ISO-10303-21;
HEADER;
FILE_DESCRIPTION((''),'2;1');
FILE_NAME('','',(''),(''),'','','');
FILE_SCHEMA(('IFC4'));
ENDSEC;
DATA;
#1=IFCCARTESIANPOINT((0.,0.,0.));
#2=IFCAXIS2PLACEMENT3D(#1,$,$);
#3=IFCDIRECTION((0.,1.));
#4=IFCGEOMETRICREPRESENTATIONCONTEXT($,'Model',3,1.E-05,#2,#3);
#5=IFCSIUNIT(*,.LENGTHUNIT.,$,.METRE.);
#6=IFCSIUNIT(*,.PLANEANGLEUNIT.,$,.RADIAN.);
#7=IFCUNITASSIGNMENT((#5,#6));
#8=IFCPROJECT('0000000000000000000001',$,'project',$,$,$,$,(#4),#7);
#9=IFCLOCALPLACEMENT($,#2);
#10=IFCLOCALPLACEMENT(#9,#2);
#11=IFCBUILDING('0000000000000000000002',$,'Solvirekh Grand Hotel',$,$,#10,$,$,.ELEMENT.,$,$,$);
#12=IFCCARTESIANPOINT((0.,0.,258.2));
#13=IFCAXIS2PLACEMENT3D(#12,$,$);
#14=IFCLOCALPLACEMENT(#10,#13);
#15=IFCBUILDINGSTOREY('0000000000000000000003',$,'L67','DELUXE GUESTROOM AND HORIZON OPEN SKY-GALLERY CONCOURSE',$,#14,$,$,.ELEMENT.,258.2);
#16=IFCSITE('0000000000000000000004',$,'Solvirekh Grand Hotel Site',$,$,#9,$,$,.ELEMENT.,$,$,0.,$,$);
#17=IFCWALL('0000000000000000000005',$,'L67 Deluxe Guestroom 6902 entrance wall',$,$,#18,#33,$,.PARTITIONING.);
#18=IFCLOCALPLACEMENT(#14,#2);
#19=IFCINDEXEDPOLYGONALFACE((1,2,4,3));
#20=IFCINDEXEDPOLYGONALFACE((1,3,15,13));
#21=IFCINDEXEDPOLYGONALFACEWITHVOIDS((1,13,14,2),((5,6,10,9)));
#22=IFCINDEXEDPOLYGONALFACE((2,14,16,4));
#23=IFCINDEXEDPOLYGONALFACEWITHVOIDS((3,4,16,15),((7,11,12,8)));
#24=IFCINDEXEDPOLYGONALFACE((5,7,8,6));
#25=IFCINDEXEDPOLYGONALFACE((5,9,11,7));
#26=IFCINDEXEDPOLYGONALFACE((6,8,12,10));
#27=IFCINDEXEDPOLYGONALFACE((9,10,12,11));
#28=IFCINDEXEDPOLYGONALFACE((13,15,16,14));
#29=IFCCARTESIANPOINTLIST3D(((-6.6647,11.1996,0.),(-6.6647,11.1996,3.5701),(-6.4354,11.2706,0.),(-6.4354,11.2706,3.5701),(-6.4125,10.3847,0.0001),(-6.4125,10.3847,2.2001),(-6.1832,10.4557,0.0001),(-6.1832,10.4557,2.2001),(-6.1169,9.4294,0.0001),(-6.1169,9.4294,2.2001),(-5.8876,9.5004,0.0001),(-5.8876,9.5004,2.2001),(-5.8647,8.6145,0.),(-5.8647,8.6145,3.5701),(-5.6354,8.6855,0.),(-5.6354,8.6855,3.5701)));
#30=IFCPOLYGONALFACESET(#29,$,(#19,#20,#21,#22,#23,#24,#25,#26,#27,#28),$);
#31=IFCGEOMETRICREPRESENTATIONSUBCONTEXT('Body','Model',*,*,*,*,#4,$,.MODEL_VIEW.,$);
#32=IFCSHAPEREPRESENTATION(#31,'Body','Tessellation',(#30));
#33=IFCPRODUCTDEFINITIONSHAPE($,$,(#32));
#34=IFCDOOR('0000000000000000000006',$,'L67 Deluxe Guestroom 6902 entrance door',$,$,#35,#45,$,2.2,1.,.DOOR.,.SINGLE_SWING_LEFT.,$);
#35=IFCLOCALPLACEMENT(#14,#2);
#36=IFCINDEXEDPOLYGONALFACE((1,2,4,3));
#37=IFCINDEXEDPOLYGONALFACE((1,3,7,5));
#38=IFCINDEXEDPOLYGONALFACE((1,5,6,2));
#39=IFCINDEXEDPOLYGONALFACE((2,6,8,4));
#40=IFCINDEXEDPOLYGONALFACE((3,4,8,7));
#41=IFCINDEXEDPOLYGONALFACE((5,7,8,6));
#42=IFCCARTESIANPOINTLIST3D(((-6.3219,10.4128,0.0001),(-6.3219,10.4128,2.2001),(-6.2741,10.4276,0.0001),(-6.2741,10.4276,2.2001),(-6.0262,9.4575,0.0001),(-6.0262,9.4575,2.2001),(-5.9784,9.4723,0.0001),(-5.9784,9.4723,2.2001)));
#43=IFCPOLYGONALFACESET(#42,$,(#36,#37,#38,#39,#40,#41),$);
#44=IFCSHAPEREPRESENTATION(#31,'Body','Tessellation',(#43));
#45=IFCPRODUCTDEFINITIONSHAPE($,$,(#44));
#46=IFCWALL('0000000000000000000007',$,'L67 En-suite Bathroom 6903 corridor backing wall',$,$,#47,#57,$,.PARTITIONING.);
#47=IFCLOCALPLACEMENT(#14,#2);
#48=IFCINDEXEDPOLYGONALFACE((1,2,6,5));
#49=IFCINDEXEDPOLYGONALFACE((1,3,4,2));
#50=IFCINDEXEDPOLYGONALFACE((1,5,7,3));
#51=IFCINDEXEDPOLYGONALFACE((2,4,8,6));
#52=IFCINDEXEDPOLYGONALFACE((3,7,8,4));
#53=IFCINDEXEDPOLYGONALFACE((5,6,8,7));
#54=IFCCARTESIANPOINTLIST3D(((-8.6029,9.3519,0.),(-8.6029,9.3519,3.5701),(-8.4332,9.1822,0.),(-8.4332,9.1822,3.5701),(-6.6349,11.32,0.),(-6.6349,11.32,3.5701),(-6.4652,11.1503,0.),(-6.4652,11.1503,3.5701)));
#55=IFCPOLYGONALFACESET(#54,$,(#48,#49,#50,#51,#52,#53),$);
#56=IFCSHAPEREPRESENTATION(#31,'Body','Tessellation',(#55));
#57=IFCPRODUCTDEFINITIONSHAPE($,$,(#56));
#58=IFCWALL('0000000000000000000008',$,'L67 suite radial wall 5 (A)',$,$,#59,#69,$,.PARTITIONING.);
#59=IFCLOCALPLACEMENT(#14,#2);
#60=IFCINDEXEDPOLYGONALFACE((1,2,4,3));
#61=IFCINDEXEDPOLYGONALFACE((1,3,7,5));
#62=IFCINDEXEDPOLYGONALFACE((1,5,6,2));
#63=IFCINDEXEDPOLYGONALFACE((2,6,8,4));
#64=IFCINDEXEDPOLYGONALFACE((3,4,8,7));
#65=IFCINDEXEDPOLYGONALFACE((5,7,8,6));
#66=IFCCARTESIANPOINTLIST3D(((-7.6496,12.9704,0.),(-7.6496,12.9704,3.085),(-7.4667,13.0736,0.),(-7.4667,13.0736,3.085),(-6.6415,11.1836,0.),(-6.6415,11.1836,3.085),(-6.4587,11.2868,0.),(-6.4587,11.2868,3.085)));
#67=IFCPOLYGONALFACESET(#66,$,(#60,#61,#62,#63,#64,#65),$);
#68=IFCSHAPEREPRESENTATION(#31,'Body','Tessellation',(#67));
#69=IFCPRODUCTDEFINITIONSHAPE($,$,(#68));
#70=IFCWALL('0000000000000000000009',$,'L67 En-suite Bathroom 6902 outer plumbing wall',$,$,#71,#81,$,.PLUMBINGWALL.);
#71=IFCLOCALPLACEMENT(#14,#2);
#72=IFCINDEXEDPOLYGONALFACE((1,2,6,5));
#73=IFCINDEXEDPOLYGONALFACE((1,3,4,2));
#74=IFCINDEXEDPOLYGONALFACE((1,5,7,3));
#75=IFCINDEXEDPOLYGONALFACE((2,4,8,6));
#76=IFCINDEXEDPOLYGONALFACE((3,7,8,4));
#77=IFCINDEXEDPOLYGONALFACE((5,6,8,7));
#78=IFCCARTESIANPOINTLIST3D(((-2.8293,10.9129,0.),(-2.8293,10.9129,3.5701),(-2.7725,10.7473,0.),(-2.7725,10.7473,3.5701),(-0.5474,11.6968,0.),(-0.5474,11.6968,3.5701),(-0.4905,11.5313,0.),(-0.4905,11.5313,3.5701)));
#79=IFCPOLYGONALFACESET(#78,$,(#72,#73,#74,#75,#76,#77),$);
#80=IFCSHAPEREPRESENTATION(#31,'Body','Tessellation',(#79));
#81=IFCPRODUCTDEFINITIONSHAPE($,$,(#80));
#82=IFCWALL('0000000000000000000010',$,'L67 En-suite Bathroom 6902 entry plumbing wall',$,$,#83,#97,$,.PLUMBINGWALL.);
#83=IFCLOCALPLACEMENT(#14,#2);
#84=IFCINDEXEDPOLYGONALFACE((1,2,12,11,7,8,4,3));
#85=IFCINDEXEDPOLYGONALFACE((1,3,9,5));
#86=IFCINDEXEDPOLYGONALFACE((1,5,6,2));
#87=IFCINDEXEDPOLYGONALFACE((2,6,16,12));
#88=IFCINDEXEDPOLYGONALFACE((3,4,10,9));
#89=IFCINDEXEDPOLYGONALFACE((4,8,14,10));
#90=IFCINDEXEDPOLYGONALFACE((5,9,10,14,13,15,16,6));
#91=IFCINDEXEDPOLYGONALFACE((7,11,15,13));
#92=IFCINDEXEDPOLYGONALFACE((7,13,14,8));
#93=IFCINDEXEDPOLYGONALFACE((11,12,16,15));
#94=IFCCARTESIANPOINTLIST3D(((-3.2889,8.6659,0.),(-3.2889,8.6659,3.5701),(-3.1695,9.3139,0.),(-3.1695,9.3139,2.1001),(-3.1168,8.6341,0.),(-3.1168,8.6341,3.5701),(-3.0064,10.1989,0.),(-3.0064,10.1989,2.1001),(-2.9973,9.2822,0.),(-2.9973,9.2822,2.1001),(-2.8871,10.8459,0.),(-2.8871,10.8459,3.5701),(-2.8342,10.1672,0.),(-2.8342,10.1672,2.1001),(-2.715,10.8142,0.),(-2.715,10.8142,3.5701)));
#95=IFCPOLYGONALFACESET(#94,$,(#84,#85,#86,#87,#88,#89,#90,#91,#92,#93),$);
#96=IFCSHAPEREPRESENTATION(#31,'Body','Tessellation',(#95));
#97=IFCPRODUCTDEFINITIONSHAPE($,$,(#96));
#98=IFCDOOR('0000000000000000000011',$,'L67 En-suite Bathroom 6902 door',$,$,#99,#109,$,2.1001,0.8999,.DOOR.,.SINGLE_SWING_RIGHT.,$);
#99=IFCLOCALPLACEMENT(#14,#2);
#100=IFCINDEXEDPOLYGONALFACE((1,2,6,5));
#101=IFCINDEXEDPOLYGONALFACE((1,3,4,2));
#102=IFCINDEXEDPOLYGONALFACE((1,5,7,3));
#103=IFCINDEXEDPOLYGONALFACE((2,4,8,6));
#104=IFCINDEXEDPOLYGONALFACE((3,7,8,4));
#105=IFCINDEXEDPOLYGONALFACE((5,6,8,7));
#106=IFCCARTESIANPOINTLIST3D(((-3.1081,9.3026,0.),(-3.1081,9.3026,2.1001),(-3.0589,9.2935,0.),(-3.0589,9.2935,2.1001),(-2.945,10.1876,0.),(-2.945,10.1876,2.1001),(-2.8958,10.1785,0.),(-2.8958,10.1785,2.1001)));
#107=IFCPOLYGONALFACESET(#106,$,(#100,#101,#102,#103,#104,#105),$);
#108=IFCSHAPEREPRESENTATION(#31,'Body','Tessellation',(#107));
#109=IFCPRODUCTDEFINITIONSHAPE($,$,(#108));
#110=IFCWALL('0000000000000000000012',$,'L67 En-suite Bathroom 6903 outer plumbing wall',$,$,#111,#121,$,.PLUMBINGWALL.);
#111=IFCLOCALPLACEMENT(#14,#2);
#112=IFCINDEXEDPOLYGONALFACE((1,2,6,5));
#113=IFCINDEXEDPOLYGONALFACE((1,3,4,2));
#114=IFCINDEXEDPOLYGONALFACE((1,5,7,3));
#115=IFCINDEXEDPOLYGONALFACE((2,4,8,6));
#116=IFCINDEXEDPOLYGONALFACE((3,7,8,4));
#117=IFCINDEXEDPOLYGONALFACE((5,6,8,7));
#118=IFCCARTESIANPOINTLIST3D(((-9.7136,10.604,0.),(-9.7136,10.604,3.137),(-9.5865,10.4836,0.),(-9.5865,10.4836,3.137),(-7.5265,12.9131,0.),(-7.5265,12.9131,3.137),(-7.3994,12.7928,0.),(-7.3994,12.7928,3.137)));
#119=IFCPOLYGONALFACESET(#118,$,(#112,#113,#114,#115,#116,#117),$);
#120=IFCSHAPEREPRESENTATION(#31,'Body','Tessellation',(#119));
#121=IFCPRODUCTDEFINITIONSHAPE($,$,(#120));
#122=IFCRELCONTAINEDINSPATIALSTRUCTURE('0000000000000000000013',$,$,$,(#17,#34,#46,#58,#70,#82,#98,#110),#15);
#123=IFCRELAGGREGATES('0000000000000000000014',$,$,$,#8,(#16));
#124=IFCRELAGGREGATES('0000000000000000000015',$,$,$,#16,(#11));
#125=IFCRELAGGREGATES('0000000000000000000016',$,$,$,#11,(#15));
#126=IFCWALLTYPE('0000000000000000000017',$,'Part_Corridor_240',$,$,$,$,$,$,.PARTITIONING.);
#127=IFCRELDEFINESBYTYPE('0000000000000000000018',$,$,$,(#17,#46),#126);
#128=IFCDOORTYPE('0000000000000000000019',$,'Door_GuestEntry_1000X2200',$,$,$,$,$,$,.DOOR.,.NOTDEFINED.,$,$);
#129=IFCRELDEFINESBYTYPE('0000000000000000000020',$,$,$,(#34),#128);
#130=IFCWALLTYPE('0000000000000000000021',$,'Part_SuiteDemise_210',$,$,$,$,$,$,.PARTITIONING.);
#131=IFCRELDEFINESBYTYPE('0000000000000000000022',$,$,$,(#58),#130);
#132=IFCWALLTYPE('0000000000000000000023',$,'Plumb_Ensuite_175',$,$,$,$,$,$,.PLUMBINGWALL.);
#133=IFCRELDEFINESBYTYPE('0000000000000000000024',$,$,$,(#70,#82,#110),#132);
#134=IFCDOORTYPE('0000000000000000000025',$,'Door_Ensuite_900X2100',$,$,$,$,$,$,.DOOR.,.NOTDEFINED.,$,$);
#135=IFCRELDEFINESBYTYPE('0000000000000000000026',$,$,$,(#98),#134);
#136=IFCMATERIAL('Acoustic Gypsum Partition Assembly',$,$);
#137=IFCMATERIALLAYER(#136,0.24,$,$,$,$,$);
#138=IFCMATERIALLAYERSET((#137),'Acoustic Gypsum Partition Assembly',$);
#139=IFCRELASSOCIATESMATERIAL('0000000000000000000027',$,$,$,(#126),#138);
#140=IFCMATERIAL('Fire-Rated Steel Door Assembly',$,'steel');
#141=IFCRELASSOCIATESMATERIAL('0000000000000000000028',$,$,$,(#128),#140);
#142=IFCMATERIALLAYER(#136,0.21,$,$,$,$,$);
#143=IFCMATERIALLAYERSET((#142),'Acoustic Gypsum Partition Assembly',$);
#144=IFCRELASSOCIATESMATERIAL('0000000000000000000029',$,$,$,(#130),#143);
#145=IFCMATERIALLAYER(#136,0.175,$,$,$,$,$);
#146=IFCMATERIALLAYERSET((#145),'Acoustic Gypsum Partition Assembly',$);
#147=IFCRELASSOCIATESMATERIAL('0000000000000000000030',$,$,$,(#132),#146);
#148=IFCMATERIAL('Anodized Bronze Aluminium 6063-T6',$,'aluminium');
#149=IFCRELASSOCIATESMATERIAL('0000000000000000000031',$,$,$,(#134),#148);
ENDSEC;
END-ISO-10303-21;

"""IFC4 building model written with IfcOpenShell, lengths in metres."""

from ifc_helpers import new_model, si_unit, direction, frame, frame_2d, origin, place, context, subcontext, project, spatial, rectangle, extrude, material, layer, layer_set, type_object, element, fill, save


model = new_model("IFC4")

# Units and contexts
model_context = context("Model", 3, precision=1e-05, world=origin(), true_north=direction((0.0, 1.0)))
body_context = subcontext(model_context, "Body", "Model", "MODEL_VIEW")
ifc_project = project(units=[si_unit("LENGTHUNIT", "METRE"), si_unit("PLANEANGLEUNIT", "RADIAN")], contexts=[model_context])

# Site, building, storey
site_placement = place(None, origin())
site = spatial("IfcSite", under=ifc_project, at=site_placement, Name="Solvirekh Grand Hotel Site", CompositionType="ELEMENT", RefElevation=0.0)
building_placement = place(site_placement, origin())
building = spatial("IfcBuilding", under=site, at=building_placement, Name="Solvirekh Grand Hotel", CompositionType="ELEMENT")
storey_placement = place(building_placement, frame((0.0, 0.0, 258.2)))
storey = spatial("IfcBuildingStorey", under=building, at=storey_placement, Name="L67", Description="DELUXE GUESTROOM AND HORIZON OPEN SKY-GALLERY CONCOURSE", CompositionType="ELEMENT", Elevation=258.2)

# Shared definitions
ifc_material_1 = material(Name="Anodized Bronze Aluminium 6063-T6", Category="aluminium")

# Shared definitions
ifc_material_2 = material(Name="Acoustic Gypsum Partition Assembly")
ifc_layer_1 = layer(ifc_material_2, 0.24)
ifc_layer_set_1 = layer_set([ifc_layer_1], Name="Acoustic Gypsum Partition Assembly")
wall_type_1 = type_object("IfcWallType", Name="Part_Corridor_240", PredefinedType="PARTITIONING", material=ifc_layer_set_1)

# Wall, opening, door
wall_1_placement = place(storey_placement, frame((-6.55, 11.2351, 0.0), z_axis=(0.0, 0.0, 1.0), x_axis=(0.295639, -0.9553, 0.0)))
wall_1 = element("IfcWall", 1, at=wall_1_placement, inside=storey, type_object=wall_type_1, Name="L67 Deluxe Guestroom 6902 entrance wall", PredefinedType="PARTITIONING", context=body_context, shape_type="SweptSolid", body=[
    extrude(rectangle(XDim=2.7061, YDim=0.24, at=frame_2d((1.353, 0.0))), origin(), (0.0, 0.0, 1.0), 3.5701),
])
opening_1_placement = place(wall_1_placement, frame((0.853, 0.0, 0.0)))
opening_1 = element("IfcOpeningElement", 2, at=opening_1_placement, cuts=wall_1, PredefinedType="OPENING", context=body_context, shape_type="SweptSolid", body=[
    extrude(rectangle(XDim=1.0, YDim=2.2, at=frame_2d((0.5, 1.1001))), frame((0.0, 0.1299, 0.0), z_axis=(0.0, -1.0, 0.0), x_axis=(1.0, 0.0, 0.0)), (0.0, 0.0, 1.0), 0.26),
])
ifc_material_3 = material(Name="Fire-Rated Steel Door Assembly", Category="steel")
door_type_1 = type_object("IfcDoorType", Name="Door_GuestEntry_1000X2200", OperationType="NOTDEFINED", PredefinedType="DOOR", material=ifc_material_3)
door_1_placement = place(opening_1_placement, origin())
door_1 = element("IfcDoor", 3, at=door_1_placement, inside=storey, type_object=door_type_1, Name="L67 Deluxe Guestroom 6902 entrance door", OperationType="SINGLE_SWING_LEFT", OverallHeight=2.2, OverallWidth=1.0, PredefinedType="DOOR", context=body_context, shape_type="SweptSolid", body=[
    extrude(rectangle(XDim=1.0, YDim=2.2, at=frame_2d((0.5, 1.1001))), frame((0.0, 0.0249, 0.0), z_axis=(0.0, -1.0, 0.0), x_axis=(1.0, 0.0, 0.0)), (0.0, 0.0, 1.0), 0.05),
])
fill(opening_1, door_1)

# Walls
wall_2_placement = place(storey_placement, frame((-6.55, 11.2351, 0.0), z_axis=(0.0, 0.0, 1.0), x_axis=(-0.707107, -0.707107, 0.0)))
element("IfcWall", 4, at=wall_2_placement, inside=storey, type_object=wall_type_1, Name="L67 En-suite Bathroom 6903 corridor backing wall", PredefinedType="PARTITIONING", context=body_context, shape_type="SweptSolid", body=[
    extrude(rectangle(XDim=2.7832, YDim=0.24, at=frame_2d((1.3916, 0.0))), origin(), (0.0, 0.0, 1.0), 3.5701),
])
ifc_layer_2 = layer(ifc_material_2, 0.21)
ifc_layer_set_2 = layer_set([ifc_layer_2], Name="Acoustic Gypsum Partition Assembly")
wall_type_2 = type_object("IfcWallType", Name="Part_SuiteDemise_210", PredefinedType="PARTITIONING", material=ifc_layer_set_2)
wall_3_placement = place(storey_placement, frame((-6.55, 11.2351, 0.0), z_axis=(0.0, 0.0, 1.0), x_axis=(-0.491351, 0.870961, 0.0)))
element("IfcWall", 5, at=wall_3_placement, inside=storey, type_object=wall_type_2, Name="L67 suite radial wall 5 (A)", PredefinedType="PARTITIONING", context=body_context, shape_type="SweptSolid", body=[
    extrude(rectangle(XDim=2.0515, YDim=0.21, at=frame_2d((1.0259, 0.0))), origin(), (0.0, 0.0, 1.0), 3.085),
])
ifc_layer_3 = layer(ifc_material_2, 0.175)
ifc_layer_set_3 = layer_set([ifc_layer_3], Name="Acoustic Gypsum Partition Assembly")
wall_type_3 = type_object("IfcWallType", Name="Plumb_Ensuite_175", PredefinedType="PLUMBINGWALL", material=ifc_layer_set_3)
wall_4_placement = place(storey_placement, frame((-2.801, 10.8301, 0.0), z_axis=(0.0, 0.0, 1.0), x_axis=(0.94575, 0.324896, 0.0)))
element("IfcWall", 6, at=wall_4_placement, inside=storey, type_object=wall_type_3, Name="L67 En-suite Bathroom 6902 outer plumbing wall", PredefinedType="PLUMBINGWALL", context=body_context, shape_type="SweptSolid", body=[
    extrude(rectangle(XDim=2.4128, YDim=0.175, at=frame_2d((1.2065, 0.0))), origin(), (0.0, 0.0, 1.0), 3.5701),
])

# Wall, opening, door
wall_5_placement = place(storey_placement, frame((-2.801, 10.8301, 0.0), z_axis=(0.0, 0.0, 1.0), x_axis=(-0.181269, -0.983434, 0.0)))
wall_5 = element("IfcWall", 7, at=wall_5_placement, inside=storey, type_object=wall_type_3, Name="L67 En-suite Bathroom 6902 entry plumbing wall", PredefinedType="PLUMBINGWALL", context=body_context, shape_type="SweptSolid", body=[
    extrude(rectangle(XDim=2.2168, YDim=0.175, at=frame_2d((1.1084, 0.0))), origin(), (0.0, 0.0, 1.0), 3.5701),
])
opening_2_placement = place(wall_5_placement, frame((0.658, 0.0, 0.0)))
opening_2 = element("IfcOpeningElement", 8, at=opening_2_placement, cuts=wall_5, PredefinedType="OPENING", context=body_context, shape_type="SweptSolid", body=[
    extrude(rectangle(XDim=0.8999, YDim=2.1001, at=frame_2d((0.45, 1.05))), frame((0.0, 0.0977, 0.0), z_axis=(0.0, -1.0, 0.0), x_axis=(1.0, 0.0, 0.0)), (0.0, 0.0, 1.0), 0.1951),
])
door_type_2 = type_object("IfcDoorType", Name="Door_Ensuite_900X2100", OperationType="NOTDEFINED", PredefinedType="DOOR", material=ifc_material_1)
door_2_placement = place(opening_2_placement, origin())
door_2 = element("IfcDoor", 9, at=door_2_placement, inside=storey, type_object=door_type_2, Name="L67 En-suite Bathroom 6902 door", OperationType="SINGLE_SWING_RIGHT", OverallHeight=2.1001, OverallWidth=0.8999, PredefinedType="DOOR", context=body_context, shape_type="SweptSolid", body=[
    extrude(rectangle(XDim=0.8999, YDim=2.1001, at=frame_2d((0.45, 1.05))), frame((0.0, 0.0249, 0.0), z_axis=(0.0, -1.0, 0.0), x_axis=(1.0, 0.0, 0.0)), (0.0, 0.0, 1.0), 0.05),
])
fill(opening_2, door_2)

# Wall
wall_6_placement = place(storey_placement, frame((-7.4629, 12.853, 0.0), z_axis=(0.0, 0.0, 1.0), x_axis=(-0.687655, -0.726037, 0.0)))
element("IfcWall", 10, at=wall_6_placement, inside=storey, type_object=wall_type_3, Name="L67 En-suite Bathroom 6903 outer plumbing wall", PredefinedType="PLUMBINGWALL", context=body_context, shape_type="SweptSolid", body=[
    extrude(rectangle(XDim=3.1804, YDim=0.175, at=frame_2d((1.5903, 0.0))), origin(), (0.0, 0.0, 1.0), 3.137),
])

save(model, "model.ifc")
